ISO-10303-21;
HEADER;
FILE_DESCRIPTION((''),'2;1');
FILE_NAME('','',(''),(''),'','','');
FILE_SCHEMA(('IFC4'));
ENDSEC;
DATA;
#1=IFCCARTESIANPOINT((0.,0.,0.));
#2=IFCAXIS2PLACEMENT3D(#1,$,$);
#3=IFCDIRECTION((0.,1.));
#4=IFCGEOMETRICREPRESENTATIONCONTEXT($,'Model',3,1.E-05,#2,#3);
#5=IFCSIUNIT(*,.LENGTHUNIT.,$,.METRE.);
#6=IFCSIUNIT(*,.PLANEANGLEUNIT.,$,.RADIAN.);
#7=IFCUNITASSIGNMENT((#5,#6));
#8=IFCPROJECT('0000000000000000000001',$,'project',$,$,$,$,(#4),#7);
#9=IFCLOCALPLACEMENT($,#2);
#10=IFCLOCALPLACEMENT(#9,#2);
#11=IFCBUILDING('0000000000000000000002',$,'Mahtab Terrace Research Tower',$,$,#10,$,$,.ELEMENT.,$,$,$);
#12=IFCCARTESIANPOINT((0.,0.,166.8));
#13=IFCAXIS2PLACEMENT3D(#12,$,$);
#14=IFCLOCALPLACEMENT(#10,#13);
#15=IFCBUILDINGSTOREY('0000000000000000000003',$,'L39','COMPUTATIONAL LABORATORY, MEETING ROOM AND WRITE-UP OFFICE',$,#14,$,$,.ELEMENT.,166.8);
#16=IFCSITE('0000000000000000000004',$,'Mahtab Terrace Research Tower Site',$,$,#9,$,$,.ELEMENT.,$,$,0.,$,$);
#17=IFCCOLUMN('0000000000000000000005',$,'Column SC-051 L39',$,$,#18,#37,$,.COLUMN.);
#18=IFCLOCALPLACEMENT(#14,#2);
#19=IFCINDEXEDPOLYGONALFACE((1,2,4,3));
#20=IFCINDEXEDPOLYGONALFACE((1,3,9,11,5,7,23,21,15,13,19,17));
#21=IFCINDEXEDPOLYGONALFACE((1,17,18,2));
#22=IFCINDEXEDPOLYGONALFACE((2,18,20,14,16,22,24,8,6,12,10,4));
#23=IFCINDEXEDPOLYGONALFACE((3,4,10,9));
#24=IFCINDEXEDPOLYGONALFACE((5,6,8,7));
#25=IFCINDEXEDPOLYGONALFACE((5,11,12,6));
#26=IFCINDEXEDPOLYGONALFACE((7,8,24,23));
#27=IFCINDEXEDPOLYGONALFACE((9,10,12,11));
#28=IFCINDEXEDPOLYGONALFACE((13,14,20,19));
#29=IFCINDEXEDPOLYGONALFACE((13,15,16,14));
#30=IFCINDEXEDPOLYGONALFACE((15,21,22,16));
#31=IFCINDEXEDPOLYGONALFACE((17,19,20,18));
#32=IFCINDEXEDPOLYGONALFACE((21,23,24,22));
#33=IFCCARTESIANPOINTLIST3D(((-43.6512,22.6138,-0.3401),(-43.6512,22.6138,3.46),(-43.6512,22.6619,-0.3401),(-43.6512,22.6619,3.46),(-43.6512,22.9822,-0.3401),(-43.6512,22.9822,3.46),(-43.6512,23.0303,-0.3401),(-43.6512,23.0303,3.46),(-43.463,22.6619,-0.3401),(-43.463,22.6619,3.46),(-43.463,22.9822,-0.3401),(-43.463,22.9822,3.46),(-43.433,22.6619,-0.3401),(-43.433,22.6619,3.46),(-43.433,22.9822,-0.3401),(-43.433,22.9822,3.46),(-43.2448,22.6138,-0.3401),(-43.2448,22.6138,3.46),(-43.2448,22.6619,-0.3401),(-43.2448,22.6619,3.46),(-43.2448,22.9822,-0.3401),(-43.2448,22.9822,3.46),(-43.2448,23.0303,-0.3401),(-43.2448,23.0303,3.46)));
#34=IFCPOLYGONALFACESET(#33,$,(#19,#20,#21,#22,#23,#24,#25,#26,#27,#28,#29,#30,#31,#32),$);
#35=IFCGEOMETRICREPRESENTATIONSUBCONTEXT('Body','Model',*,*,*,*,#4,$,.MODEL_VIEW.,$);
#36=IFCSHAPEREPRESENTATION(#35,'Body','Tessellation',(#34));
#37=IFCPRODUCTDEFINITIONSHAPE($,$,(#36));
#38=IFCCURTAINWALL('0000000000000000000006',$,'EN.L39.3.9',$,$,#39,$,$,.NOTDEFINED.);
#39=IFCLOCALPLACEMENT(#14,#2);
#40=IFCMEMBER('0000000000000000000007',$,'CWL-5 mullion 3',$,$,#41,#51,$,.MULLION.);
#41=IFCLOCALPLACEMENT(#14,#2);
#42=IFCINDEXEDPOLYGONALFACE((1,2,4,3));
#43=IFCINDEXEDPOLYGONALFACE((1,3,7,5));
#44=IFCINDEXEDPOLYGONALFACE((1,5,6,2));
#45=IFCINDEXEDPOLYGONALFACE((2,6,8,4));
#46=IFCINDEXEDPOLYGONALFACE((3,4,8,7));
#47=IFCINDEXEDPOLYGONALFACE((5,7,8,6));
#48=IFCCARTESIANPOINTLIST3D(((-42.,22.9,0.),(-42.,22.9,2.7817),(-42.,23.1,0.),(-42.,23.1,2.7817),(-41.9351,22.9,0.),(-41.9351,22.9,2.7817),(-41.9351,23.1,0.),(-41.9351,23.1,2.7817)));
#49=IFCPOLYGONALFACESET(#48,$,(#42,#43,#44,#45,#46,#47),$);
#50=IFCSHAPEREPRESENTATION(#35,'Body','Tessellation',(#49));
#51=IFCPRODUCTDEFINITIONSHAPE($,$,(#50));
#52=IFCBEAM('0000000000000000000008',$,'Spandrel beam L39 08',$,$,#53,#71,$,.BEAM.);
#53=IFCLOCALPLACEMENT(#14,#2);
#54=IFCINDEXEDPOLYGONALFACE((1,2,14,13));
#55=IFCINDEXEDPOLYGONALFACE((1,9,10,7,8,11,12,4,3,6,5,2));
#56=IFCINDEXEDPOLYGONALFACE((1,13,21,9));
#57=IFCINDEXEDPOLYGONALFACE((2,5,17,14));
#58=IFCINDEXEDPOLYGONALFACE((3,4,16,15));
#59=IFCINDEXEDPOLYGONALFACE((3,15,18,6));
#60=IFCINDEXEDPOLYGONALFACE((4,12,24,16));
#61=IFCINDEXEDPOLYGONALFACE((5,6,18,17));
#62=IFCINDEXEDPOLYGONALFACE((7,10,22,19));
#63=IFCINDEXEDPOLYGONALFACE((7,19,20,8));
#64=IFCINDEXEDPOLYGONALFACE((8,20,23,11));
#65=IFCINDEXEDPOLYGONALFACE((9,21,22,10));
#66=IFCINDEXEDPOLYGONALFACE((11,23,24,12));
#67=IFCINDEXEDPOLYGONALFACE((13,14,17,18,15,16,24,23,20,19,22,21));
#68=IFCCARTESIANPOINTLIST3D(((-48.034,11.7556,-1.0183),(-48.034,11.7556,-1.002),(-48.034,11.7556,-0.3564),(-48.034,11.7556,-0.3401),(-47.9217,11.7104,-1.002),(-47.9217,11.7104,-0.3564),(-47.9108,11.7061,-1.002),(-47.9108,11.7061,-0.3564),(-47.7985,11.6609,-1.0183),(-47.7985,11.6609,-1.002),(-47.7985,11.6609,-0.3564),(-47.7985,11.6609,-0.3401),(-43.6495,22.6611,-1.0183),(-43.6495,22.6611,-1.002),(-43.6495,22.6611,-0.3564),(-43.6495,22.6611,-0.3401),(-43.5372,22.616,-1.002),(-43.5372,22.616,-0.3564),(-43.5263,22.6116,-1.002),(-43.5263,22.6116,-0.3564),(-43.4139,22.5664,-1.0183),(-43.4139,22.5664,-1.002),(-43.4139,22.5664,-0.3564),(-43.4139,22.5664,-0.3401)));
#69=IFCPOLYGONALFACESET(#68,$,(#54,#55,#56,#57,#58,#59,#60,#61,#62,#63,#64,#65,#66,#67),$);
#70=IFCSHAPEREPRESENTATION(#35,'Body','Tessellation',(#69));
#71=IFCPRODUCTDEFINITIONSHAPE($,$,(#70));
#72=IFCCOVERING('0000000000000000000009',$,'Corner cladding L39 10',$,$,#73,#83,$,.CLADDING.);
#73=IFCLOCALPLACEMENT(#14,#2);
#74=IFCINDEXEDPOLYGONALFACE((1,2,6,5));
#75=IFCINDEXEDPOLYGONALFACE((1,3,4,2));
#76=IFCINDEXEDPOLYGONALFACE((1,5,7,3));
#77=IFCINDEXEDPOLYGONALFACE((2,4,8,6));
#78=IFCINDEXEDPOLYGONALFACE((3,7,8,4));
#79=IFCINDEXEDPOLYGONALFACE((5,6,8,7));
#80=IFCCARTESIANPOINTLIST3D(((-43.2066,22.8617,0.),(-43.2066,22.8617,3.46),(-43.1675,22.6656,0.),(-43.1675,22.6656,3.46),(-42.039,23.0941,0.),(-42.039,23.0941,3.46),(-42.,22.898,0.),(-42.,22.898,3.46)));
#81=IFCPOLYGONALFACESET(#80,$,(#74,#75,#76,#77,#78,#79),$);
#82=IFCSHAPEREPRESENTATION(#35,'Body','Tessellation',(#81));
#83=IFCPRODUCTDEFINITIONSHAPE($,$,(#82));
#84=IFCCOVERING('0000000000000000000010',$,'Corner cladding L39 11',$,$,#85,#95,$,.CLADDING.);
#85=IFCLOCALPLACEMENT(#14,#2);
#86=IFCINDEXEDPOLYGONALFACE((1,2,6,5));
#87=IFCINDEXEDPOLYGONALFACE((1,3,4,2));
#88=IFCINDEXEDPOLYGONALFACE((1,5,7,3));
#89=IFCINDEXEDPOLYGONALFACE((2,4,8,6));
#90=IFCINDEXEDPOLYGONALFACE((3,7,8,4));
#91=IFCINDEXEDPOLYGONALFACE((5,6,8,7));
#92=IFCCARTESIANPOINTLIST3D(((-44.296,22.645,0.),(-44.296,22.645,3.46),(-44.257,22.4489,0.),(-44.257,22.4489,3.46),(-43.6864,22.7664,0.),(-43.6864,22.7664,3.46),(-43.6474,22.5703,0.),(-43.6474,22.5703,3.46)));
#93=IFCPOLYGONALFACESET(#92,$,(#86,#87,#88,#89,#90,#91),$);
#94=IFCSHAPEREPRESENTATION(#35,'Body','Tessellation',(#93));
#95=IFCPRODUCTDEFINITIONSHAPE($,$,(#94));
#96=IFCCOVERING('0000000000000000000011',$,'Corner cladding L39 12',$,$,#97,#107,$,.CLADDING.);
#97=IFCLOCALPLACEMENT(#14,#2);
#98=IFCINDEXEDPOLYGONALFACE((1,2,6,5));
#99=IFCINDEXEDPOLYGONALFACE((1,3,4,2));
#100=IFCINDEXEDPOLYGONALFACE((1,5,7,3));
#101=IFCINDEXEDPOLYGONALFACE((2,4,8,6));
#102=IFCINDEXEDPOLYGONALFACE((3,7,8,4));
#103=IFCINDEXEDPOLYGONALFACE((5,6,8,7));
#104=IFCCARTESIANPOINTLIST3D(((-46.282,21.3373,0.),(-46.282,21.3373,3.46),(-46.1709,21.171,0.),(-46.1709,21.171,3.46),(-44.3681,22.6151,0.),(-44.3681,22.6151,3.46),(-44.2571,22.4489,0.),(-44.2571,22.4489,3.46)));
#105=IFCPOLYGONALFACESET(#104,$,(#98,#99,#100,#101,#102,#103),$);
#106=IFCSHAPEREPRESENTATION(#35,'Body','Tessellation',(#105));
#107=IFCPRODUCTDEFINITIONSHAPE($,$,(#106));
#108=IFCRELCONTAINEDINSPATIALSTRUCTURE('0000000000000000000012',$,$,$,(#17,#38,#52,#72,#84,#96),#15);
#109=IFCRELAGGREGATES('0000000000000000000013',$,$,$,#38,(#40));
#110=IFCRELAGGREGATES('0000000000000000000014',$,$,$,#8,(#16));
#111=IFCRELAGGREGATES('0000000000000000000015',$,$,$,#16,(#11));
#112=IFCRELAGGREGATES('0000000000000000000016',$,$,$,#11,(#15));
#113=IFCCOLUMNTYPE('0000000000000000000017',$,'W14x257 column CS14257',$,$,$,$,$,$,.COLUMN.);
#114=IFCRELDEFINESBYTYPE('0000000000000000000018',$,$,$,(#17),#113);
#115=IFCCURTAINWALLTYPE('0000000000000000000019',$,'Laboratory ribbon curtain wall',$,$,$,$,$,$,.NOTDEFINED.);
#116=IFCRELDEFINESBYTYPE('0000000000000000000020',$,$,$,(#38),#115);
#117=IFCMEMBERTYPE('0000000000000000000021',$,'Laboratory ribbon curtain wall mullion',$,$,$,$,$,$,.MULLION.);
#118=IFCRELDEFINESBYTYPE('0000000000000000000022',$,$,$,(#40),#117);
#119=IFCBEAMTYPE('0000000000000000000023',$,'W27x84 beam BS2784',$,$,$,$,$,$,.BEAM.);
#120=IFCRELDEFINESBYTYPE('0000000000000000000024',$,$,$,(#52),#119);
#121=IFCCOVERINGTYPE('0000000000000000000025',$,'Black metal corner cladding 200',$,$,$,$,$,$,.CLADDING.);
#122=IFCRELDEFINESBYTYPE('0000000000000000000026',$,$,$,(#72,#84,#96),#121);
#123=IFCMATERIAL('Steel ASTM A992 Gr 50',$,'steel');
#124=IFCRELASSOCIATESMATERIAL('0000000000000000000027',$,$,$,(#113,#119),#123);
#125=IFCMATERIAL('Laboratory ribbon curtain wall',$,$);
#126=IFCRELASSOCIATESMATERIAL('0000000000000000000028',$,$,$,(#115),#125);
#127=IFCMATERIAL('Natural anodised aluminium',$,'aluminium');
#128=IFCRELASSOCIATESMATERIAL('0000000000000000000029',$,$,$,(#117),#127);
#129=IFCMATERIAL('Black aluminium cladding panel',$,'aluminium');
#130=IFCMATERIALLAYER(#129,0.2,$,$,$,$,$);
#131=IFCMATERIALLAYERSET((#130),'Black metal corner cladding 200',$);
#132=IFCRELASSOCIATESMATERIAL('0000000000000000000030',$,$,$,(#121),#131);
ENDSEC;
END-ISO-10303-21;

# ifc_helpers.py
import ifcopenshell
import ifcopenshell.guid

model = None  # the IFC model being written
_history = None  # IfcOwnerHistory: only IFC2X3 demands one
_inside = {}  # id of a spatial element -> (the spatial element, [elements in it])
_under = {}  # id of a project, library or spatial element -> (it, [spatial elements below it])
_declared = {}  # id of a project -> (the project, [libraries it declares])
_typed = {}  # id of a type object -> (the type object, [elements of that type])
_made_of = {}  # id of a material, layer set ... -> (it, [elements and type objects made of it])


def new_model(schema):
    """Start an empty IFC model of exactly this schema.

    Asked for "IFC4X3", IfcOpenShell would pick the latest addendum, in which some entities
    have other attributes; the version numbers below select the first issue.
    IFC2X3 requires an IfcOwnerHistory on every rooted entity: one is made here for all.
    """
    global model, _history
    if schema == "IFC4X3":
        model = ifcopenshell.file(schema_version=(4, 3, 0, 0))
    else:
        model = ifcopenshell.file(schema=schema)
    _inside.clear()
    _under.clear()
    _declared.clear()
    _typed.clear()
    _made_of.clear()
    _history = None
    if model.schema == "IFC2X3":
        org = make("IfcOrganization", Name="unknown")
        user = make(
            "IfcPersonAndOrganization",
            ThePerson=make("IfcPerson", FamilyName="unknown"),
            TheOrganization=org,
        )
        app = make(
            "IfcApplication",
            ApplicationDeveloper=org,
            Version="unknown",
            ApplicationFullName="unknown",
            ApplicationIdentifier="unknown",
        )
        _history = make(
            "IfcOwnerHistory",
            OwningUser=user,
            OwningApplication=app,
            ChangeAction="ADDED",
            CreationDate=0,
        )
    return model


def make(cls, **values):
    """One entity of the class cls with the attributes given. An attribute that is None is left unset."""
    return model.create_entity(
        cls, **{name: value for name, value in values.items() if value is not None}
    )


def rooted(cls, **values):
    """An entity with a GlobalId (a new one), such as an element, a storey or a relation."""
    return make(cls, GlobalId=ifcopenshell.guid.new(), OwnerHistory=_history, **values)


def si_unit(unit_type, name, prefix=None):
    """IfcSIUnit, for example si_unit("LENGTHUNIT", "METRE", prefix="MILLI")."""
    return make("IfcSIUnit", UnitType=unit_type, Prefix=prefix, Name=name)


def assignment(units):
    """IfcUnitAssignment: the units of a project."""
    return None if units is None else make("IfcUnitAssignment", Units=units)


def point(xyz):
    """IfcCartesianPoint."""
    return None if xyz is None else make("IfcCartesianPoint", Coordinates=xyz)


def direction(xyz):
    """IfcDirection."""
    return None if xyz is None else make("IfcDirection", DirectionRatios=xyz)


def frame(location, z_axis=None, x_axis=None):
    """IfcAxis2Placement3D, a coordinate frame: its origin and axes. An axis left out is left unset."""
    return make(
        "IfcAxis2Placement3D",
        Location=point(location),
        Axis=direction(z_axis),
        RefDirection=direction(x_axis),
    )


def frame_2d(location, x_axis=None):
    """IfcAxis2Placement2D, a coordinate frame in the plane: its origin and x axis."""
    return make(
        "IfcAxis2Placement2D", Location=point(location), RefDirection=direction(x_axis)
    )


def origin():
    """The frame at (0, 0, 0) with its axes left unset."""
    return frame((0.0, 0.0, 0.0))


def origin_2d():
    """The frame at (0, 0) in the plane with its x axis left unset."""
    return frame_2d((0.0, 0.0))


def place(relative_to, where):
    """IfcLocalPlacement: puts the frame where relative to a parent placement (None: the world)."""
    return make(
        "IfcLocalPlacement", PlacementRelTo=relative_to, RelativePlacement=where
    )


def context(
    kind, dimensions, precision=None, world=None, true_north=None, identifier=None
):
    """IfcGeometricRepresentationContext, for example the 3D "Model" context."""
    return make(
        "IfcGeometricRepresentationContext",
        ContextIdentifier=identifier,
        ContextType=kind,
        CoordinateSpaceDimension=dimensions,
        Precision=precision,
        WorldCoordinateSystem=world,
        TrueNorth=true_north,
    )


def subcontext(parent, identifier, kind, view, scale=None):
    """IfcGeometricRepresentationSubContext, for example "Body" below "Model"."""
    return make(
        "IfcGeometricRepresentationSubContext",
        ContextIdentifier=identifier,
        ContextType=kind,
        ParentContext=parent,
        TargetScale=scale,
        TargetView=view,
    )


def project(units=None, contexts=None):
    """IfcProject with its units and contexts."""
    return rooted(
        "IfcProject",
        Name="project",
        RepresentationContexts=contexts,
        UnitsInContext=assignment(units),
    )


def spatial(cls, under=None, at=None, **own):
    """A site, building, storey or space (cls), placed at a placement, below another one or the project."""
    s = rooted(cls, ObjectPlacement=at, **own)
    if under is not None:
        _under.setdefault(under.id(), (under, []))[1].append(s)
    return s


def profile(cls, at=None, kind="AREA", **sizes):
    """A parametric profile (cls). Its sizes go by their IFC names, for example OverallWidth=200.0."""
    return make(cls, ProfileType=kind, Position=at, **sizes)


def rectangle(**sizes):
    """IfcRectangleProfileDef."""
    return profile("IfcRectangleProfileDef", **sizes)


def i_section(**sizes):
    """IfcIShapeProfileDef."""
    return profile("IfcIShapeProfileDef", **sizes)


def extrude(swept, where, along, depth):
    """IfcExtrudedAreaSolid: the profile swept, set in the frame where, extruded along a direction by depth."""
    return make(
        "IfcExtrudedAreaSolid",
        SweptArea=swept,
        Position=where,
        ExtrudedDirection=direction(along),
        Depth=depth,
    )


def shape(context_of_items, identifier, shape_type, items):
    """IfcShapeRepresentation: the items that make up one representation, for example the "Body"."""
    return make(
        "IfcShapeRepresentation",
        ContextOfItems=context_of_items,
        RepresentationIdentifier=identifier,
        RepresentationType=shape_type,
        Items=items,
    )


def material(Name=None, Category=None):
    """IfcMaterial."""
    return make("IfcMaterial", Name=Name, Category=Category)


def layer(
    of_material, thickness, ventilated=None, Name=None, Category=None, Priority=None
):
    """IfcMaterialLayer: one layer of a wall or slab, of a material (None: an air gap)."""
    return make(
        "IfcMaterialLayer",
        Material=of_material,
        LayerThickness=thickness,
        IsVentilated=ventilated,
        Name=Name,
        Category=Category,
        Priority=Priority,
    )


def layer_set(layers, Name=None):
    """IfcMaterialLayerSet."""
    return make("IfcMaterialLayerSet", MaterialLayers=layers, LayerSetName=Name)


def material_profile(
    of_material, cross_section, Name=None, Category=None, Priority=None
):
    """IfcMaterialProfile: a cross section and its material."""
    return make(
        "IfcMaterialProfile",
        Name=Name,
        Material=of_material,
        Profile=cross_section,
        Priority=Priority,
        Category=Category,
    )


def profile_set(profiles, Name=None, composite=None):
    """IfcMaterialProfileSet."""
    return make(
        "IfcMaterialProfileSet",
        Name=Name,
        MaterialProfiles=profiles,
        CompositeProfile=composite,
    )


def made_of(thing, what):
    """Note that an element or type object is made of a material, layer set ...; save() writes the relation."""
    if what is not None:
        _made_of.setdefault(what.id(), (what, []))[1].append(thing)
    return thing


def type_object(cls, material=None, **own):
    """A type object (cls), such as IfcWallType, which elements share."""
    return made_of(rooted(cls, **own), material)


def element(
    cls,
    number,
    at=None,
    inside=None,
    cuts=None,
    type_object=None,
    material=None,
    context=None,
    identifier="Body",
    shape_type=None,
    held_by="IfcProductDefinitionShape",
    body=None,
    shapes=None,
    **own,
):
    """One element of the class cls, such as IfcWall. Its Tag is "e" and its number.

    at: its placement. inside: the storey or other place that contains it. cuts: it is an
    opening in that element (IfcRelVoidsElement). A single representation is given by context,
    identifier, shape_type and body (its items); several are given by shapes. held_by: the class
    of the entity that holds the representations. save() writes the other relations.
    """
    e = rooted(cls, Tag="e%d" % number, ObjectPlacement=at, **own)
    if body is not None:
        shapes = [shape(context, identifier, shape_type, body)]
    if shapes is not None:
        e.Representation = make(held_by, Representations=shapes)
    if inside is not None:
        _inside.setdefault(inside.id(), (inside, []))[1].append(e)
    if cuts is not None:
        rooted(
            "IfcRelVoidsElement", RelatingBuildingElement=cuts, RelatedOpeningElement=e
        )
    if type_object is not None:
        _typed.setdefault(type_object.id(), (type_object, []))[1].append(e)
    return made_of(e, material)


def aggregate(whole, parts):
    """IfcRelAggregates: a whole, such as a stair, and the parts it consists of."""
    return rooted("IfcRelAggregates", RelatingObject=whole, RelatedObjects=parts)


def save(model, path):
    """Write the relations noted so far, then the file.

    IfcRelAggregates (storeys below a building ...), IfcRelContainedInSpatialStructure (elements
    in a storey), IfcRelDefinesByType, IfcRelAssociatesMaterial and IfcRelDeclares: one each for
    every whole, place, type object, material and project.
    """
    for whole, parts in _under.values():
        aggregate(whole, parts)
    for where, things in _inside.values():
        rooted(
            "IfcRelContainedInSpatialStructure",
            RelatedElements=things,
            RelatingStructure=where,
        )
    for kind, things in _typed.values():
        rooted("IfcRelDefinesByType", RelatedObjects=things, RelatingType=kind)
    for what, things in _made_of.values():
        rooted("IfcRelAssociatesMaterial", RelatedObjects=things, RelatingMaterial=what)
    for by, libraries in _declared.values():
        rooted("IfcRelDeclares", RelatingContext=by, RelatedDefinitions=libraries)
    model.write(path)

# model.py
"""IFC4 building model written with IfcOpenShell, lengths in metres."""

from ifc_helpers import new_model, si_unit, direction, frame, origin, origin_2d, place, context, subcontext, project, spatial, rectangle, i_section, extrude, material, layer, layer_set, material_profile, profile_set, type_object, element, aggregate, save


model = new_model("IFC4")

# Units and contexts
model_context = context("Model", 3, precision=1e-05, world=origin(), true_north=direction((0.0, 1.0)))
body_context = subcontext(model_context, "Body", "Model", "MODEL_VIEW")
ifc_project = project(units=[si_unit("LENGTHUNIT", "METRE"), si_unit("PLANEANGLEUNIT", "RADIAN")], contexts=[model_context])

# Site, building, storey
site_placement = place(None, origin())
site = spatial("IfcSite", under=ifc_project, at=site_placement, Name="Mahtab Terrace Research Tower Site", CompositionType="ELEMENT", RefElevation=0.0)
building_placement = place(site_placement, origin())
building = spatial("IfcBuilding", under=site, at=building_placement, Name="Mahtab Terrace Research Tower", CompositionType="ELEMENT")
storey_placement = place(building_placement, frame((0.0, 0.0, 166.8)))
storey = spatial("IfcBuildingStorey", under=building, at=storey_placement, Name="L39", Description="COMPUTATIONAL LABORATORY, MEETING ROOM AND WRITE-UP OFFICE", CompositionType="ELEMENT", Elevation=166.8)

# Column
ifc_material_1 = material(Name="Steel ASTM A992 Gr 50", Category="steel")
ifc_material_profile_1 = material_profile(ifc_material_1, i_section(OverallWidth=0.4065, OverallDepth=0.4165, WebThickness=0.03, FlangeThickness=0.0481, at=origin_2d()), Name="W14X257")
ifc_profile_set_1 = profile_set([ifc_material_profile_1], Name="Steel ASTM A992 Gr 50")
column_type = type_object("IfcColumnType", Name="W14x257 column CS14257", PredefinedType="COLUMN", material=ifc_profile_set_1)
column_placement = place(storey_placement, frame((-43.448, 22.822, -0.3401), z_axis=(0.0, 0.0, 1.0), x_axis=(1.0, 0.0, 0.0)))
element("IfcColumn", 1, at=column_placement, inside=storey, type_object=column_type, Name="Column SC-051 L39", PredefinedType="COLUMN", context=body_context, shape_type="SweptSolid", body=[
    extrude(i_section(OverallWidth=0.4065, OverallDepth=0.4165, WebThickness=0.03, FlangeThickness=0.0481, at=origin_2d()), origin(), (0.0, 0.0, 1.0), 3.8),
])

# Curtain wall, member
ifc_material_2 = material(Name="Laboratory ribbon curtain wall")
curtain_wall_type = type_object("IfcCurtainWallType", Name="Laboratory ribbon curtain wall", PredefinedType="NOTDEFINED", material=ifc_material_2)
curtain_wall_placement = place(storey_placement, origin())
curtain_wall = element("IfcCurtainWall", 2, at=curtain_wall_placement, inside=storey, type_object=curtain_wall_type, Name="EN.L39.3.9", PredefinedType="NOTDEFINED")
ifc_material_3 = material(Name="Natural anodised aluminium", Category="aluminium")
ifc_material_profile_2 = material_profile(ifc_material_3, rectangle(XDim=0.2, YDim=0.0649, at=origin_2d()), Name="MULLION 65x200")
ifc_profile_set_2 = profile_set([ifc_material_profile_2], Name="Natural anodised aluminium")
member_type = type_object("IfcMemberType", Name="Laboratory ribbon curtain wall mullion", PredefinedType="MULLION", material=ifc_profile_set_2)
member_placement = place(storey_placement, frame((-41.9675, 23.0, 0.0), z_axis=(0.0, 0.0, 1.0), x_axis=(0.0, -1.0, 0.0)))
member = element("IfcMember", 3, at=member_placement, type_object=member_type, Name="CWL-5 mullion 3", PredefinedType="MULLION", context=body_context, shape_type="SweptSolid", body=[
    extrude(rectangle(XDim=0.2, YDim=0.0649, at=origin_2d()), origin(), (0.0, 0.0, 1.0), 2.7817),
])
aggregate(curtain_wall, [member])

# Beam
ifc_material_profile_3 = material_profile(ifc_material_1, i_section(OverallWidth=0.2539, OverallDepth=0.6782, WebThickness=0.0117, FlangeThickness=0.0164, at=origin_2d()), Name="W27X84")
ifc_profile_set_3 = profile_set([ifc_material_profile_3], Name="Steel ASTM A992 Gr 50")
beam_type = type_object("IfcBeamType", Name="W27x84 beam BS2784", PredefinedType="BEAM", material=ifc_profile_set_3)
beam_placement = place(storey_placement, frame((-43.5317, 22.6138, -0.6792), z_axis=(-0.373027, -0.927821, 0.0), x_axis=(0.927821, -0.373027, 0.0)))
element("IfcBeam", 4, at=beam_placement, inside=storey, type_object=beam_type, Name="Spandrel beam L39 08", PredefinedType="BEAM", context=body_context, shape_type="SweptSolid", body=[
    extrude(i_section(OverallWidth=0.2539, OverallDepth=0.6782, WebThickness=0.0117, FlangeThickness=0.0164, at=origin_2d()), origin(), (0.0, 0.0, 1.0), 11.7539),
])

# Coverings
ifc_material_4 = material(Name="Black aluminium cladding panel", Category="aluminium")
ifc_layer = layer(ifc_material_4, 0.2)
ifc_layer_set = layer_set([ifc_layer], Name="Black metal corner cladding 200")
covering_type = type_object("IfcCoveringType", Name="Black metal corner cladding 200", PredefinedType="CLADDING", material=ifc_layer_set)
covering_1_placement = place(storey_placement, frame((-42.6033, 22.8799, 0.0), z_axis=(0.0, 0.0, 1.0), x_axis=(-0.980761, -0.195212, 0.0)))
element("IfcCovering", 5, at=covering_1_placement, inside=storey, type_object=covering_type, Name="Corner cladding L39 10", PredefinedType="CLADDING", context=body_context, shape_type="SweptSolid", body=[
    extrude(rectangle(XDim=1.1904, YDim=0.2, at=origin_2d()), origin(), (0.0, 0.0, 1.0), 3.46),
])
covering_2_placement = place(storey_placement, frame((-43.9717, 22.6077, 0.0), z_axis=(0.0, 0.0, 1.0), x_axis=(-0.980761, -0.195212, 0.0)))
element("IfcCovering", 6, at=covering_2_placement, inside=storey, type_object=covering_type, Name="Corner cladding L39 11", PredefinedType="CLADDING", context=body_context, shape_type="SweptSolid", body=[
    extrude(rectangle(XDim=0.6216, YDim=0.2, at=origin_2d()), origin(), (0.0, 0.0, 1.0), 3.46),
])
covering_3_placement = place(storey_placement, frame((-45.2695, 21.8931, 0.0), z_axis=(0.0, 0.0, 1.0), x_axis=(-0.831656, -0.555291, 0.0)))
element("IfcCovering", 7, at=covering_3_placement, inside=storey, type_object=covering_type, Name="Corner cladding L39 12", PredefinedType="CLADDING", context=body_context, shape_type="SweptSolid", body=[
    extrude(rectangle(XDim=2.3013, YDim=0.2, at=origin_2d()), origin(), (0.0, 0.0, 1.0), 3.46),
])

save(model, "model.ifc")
